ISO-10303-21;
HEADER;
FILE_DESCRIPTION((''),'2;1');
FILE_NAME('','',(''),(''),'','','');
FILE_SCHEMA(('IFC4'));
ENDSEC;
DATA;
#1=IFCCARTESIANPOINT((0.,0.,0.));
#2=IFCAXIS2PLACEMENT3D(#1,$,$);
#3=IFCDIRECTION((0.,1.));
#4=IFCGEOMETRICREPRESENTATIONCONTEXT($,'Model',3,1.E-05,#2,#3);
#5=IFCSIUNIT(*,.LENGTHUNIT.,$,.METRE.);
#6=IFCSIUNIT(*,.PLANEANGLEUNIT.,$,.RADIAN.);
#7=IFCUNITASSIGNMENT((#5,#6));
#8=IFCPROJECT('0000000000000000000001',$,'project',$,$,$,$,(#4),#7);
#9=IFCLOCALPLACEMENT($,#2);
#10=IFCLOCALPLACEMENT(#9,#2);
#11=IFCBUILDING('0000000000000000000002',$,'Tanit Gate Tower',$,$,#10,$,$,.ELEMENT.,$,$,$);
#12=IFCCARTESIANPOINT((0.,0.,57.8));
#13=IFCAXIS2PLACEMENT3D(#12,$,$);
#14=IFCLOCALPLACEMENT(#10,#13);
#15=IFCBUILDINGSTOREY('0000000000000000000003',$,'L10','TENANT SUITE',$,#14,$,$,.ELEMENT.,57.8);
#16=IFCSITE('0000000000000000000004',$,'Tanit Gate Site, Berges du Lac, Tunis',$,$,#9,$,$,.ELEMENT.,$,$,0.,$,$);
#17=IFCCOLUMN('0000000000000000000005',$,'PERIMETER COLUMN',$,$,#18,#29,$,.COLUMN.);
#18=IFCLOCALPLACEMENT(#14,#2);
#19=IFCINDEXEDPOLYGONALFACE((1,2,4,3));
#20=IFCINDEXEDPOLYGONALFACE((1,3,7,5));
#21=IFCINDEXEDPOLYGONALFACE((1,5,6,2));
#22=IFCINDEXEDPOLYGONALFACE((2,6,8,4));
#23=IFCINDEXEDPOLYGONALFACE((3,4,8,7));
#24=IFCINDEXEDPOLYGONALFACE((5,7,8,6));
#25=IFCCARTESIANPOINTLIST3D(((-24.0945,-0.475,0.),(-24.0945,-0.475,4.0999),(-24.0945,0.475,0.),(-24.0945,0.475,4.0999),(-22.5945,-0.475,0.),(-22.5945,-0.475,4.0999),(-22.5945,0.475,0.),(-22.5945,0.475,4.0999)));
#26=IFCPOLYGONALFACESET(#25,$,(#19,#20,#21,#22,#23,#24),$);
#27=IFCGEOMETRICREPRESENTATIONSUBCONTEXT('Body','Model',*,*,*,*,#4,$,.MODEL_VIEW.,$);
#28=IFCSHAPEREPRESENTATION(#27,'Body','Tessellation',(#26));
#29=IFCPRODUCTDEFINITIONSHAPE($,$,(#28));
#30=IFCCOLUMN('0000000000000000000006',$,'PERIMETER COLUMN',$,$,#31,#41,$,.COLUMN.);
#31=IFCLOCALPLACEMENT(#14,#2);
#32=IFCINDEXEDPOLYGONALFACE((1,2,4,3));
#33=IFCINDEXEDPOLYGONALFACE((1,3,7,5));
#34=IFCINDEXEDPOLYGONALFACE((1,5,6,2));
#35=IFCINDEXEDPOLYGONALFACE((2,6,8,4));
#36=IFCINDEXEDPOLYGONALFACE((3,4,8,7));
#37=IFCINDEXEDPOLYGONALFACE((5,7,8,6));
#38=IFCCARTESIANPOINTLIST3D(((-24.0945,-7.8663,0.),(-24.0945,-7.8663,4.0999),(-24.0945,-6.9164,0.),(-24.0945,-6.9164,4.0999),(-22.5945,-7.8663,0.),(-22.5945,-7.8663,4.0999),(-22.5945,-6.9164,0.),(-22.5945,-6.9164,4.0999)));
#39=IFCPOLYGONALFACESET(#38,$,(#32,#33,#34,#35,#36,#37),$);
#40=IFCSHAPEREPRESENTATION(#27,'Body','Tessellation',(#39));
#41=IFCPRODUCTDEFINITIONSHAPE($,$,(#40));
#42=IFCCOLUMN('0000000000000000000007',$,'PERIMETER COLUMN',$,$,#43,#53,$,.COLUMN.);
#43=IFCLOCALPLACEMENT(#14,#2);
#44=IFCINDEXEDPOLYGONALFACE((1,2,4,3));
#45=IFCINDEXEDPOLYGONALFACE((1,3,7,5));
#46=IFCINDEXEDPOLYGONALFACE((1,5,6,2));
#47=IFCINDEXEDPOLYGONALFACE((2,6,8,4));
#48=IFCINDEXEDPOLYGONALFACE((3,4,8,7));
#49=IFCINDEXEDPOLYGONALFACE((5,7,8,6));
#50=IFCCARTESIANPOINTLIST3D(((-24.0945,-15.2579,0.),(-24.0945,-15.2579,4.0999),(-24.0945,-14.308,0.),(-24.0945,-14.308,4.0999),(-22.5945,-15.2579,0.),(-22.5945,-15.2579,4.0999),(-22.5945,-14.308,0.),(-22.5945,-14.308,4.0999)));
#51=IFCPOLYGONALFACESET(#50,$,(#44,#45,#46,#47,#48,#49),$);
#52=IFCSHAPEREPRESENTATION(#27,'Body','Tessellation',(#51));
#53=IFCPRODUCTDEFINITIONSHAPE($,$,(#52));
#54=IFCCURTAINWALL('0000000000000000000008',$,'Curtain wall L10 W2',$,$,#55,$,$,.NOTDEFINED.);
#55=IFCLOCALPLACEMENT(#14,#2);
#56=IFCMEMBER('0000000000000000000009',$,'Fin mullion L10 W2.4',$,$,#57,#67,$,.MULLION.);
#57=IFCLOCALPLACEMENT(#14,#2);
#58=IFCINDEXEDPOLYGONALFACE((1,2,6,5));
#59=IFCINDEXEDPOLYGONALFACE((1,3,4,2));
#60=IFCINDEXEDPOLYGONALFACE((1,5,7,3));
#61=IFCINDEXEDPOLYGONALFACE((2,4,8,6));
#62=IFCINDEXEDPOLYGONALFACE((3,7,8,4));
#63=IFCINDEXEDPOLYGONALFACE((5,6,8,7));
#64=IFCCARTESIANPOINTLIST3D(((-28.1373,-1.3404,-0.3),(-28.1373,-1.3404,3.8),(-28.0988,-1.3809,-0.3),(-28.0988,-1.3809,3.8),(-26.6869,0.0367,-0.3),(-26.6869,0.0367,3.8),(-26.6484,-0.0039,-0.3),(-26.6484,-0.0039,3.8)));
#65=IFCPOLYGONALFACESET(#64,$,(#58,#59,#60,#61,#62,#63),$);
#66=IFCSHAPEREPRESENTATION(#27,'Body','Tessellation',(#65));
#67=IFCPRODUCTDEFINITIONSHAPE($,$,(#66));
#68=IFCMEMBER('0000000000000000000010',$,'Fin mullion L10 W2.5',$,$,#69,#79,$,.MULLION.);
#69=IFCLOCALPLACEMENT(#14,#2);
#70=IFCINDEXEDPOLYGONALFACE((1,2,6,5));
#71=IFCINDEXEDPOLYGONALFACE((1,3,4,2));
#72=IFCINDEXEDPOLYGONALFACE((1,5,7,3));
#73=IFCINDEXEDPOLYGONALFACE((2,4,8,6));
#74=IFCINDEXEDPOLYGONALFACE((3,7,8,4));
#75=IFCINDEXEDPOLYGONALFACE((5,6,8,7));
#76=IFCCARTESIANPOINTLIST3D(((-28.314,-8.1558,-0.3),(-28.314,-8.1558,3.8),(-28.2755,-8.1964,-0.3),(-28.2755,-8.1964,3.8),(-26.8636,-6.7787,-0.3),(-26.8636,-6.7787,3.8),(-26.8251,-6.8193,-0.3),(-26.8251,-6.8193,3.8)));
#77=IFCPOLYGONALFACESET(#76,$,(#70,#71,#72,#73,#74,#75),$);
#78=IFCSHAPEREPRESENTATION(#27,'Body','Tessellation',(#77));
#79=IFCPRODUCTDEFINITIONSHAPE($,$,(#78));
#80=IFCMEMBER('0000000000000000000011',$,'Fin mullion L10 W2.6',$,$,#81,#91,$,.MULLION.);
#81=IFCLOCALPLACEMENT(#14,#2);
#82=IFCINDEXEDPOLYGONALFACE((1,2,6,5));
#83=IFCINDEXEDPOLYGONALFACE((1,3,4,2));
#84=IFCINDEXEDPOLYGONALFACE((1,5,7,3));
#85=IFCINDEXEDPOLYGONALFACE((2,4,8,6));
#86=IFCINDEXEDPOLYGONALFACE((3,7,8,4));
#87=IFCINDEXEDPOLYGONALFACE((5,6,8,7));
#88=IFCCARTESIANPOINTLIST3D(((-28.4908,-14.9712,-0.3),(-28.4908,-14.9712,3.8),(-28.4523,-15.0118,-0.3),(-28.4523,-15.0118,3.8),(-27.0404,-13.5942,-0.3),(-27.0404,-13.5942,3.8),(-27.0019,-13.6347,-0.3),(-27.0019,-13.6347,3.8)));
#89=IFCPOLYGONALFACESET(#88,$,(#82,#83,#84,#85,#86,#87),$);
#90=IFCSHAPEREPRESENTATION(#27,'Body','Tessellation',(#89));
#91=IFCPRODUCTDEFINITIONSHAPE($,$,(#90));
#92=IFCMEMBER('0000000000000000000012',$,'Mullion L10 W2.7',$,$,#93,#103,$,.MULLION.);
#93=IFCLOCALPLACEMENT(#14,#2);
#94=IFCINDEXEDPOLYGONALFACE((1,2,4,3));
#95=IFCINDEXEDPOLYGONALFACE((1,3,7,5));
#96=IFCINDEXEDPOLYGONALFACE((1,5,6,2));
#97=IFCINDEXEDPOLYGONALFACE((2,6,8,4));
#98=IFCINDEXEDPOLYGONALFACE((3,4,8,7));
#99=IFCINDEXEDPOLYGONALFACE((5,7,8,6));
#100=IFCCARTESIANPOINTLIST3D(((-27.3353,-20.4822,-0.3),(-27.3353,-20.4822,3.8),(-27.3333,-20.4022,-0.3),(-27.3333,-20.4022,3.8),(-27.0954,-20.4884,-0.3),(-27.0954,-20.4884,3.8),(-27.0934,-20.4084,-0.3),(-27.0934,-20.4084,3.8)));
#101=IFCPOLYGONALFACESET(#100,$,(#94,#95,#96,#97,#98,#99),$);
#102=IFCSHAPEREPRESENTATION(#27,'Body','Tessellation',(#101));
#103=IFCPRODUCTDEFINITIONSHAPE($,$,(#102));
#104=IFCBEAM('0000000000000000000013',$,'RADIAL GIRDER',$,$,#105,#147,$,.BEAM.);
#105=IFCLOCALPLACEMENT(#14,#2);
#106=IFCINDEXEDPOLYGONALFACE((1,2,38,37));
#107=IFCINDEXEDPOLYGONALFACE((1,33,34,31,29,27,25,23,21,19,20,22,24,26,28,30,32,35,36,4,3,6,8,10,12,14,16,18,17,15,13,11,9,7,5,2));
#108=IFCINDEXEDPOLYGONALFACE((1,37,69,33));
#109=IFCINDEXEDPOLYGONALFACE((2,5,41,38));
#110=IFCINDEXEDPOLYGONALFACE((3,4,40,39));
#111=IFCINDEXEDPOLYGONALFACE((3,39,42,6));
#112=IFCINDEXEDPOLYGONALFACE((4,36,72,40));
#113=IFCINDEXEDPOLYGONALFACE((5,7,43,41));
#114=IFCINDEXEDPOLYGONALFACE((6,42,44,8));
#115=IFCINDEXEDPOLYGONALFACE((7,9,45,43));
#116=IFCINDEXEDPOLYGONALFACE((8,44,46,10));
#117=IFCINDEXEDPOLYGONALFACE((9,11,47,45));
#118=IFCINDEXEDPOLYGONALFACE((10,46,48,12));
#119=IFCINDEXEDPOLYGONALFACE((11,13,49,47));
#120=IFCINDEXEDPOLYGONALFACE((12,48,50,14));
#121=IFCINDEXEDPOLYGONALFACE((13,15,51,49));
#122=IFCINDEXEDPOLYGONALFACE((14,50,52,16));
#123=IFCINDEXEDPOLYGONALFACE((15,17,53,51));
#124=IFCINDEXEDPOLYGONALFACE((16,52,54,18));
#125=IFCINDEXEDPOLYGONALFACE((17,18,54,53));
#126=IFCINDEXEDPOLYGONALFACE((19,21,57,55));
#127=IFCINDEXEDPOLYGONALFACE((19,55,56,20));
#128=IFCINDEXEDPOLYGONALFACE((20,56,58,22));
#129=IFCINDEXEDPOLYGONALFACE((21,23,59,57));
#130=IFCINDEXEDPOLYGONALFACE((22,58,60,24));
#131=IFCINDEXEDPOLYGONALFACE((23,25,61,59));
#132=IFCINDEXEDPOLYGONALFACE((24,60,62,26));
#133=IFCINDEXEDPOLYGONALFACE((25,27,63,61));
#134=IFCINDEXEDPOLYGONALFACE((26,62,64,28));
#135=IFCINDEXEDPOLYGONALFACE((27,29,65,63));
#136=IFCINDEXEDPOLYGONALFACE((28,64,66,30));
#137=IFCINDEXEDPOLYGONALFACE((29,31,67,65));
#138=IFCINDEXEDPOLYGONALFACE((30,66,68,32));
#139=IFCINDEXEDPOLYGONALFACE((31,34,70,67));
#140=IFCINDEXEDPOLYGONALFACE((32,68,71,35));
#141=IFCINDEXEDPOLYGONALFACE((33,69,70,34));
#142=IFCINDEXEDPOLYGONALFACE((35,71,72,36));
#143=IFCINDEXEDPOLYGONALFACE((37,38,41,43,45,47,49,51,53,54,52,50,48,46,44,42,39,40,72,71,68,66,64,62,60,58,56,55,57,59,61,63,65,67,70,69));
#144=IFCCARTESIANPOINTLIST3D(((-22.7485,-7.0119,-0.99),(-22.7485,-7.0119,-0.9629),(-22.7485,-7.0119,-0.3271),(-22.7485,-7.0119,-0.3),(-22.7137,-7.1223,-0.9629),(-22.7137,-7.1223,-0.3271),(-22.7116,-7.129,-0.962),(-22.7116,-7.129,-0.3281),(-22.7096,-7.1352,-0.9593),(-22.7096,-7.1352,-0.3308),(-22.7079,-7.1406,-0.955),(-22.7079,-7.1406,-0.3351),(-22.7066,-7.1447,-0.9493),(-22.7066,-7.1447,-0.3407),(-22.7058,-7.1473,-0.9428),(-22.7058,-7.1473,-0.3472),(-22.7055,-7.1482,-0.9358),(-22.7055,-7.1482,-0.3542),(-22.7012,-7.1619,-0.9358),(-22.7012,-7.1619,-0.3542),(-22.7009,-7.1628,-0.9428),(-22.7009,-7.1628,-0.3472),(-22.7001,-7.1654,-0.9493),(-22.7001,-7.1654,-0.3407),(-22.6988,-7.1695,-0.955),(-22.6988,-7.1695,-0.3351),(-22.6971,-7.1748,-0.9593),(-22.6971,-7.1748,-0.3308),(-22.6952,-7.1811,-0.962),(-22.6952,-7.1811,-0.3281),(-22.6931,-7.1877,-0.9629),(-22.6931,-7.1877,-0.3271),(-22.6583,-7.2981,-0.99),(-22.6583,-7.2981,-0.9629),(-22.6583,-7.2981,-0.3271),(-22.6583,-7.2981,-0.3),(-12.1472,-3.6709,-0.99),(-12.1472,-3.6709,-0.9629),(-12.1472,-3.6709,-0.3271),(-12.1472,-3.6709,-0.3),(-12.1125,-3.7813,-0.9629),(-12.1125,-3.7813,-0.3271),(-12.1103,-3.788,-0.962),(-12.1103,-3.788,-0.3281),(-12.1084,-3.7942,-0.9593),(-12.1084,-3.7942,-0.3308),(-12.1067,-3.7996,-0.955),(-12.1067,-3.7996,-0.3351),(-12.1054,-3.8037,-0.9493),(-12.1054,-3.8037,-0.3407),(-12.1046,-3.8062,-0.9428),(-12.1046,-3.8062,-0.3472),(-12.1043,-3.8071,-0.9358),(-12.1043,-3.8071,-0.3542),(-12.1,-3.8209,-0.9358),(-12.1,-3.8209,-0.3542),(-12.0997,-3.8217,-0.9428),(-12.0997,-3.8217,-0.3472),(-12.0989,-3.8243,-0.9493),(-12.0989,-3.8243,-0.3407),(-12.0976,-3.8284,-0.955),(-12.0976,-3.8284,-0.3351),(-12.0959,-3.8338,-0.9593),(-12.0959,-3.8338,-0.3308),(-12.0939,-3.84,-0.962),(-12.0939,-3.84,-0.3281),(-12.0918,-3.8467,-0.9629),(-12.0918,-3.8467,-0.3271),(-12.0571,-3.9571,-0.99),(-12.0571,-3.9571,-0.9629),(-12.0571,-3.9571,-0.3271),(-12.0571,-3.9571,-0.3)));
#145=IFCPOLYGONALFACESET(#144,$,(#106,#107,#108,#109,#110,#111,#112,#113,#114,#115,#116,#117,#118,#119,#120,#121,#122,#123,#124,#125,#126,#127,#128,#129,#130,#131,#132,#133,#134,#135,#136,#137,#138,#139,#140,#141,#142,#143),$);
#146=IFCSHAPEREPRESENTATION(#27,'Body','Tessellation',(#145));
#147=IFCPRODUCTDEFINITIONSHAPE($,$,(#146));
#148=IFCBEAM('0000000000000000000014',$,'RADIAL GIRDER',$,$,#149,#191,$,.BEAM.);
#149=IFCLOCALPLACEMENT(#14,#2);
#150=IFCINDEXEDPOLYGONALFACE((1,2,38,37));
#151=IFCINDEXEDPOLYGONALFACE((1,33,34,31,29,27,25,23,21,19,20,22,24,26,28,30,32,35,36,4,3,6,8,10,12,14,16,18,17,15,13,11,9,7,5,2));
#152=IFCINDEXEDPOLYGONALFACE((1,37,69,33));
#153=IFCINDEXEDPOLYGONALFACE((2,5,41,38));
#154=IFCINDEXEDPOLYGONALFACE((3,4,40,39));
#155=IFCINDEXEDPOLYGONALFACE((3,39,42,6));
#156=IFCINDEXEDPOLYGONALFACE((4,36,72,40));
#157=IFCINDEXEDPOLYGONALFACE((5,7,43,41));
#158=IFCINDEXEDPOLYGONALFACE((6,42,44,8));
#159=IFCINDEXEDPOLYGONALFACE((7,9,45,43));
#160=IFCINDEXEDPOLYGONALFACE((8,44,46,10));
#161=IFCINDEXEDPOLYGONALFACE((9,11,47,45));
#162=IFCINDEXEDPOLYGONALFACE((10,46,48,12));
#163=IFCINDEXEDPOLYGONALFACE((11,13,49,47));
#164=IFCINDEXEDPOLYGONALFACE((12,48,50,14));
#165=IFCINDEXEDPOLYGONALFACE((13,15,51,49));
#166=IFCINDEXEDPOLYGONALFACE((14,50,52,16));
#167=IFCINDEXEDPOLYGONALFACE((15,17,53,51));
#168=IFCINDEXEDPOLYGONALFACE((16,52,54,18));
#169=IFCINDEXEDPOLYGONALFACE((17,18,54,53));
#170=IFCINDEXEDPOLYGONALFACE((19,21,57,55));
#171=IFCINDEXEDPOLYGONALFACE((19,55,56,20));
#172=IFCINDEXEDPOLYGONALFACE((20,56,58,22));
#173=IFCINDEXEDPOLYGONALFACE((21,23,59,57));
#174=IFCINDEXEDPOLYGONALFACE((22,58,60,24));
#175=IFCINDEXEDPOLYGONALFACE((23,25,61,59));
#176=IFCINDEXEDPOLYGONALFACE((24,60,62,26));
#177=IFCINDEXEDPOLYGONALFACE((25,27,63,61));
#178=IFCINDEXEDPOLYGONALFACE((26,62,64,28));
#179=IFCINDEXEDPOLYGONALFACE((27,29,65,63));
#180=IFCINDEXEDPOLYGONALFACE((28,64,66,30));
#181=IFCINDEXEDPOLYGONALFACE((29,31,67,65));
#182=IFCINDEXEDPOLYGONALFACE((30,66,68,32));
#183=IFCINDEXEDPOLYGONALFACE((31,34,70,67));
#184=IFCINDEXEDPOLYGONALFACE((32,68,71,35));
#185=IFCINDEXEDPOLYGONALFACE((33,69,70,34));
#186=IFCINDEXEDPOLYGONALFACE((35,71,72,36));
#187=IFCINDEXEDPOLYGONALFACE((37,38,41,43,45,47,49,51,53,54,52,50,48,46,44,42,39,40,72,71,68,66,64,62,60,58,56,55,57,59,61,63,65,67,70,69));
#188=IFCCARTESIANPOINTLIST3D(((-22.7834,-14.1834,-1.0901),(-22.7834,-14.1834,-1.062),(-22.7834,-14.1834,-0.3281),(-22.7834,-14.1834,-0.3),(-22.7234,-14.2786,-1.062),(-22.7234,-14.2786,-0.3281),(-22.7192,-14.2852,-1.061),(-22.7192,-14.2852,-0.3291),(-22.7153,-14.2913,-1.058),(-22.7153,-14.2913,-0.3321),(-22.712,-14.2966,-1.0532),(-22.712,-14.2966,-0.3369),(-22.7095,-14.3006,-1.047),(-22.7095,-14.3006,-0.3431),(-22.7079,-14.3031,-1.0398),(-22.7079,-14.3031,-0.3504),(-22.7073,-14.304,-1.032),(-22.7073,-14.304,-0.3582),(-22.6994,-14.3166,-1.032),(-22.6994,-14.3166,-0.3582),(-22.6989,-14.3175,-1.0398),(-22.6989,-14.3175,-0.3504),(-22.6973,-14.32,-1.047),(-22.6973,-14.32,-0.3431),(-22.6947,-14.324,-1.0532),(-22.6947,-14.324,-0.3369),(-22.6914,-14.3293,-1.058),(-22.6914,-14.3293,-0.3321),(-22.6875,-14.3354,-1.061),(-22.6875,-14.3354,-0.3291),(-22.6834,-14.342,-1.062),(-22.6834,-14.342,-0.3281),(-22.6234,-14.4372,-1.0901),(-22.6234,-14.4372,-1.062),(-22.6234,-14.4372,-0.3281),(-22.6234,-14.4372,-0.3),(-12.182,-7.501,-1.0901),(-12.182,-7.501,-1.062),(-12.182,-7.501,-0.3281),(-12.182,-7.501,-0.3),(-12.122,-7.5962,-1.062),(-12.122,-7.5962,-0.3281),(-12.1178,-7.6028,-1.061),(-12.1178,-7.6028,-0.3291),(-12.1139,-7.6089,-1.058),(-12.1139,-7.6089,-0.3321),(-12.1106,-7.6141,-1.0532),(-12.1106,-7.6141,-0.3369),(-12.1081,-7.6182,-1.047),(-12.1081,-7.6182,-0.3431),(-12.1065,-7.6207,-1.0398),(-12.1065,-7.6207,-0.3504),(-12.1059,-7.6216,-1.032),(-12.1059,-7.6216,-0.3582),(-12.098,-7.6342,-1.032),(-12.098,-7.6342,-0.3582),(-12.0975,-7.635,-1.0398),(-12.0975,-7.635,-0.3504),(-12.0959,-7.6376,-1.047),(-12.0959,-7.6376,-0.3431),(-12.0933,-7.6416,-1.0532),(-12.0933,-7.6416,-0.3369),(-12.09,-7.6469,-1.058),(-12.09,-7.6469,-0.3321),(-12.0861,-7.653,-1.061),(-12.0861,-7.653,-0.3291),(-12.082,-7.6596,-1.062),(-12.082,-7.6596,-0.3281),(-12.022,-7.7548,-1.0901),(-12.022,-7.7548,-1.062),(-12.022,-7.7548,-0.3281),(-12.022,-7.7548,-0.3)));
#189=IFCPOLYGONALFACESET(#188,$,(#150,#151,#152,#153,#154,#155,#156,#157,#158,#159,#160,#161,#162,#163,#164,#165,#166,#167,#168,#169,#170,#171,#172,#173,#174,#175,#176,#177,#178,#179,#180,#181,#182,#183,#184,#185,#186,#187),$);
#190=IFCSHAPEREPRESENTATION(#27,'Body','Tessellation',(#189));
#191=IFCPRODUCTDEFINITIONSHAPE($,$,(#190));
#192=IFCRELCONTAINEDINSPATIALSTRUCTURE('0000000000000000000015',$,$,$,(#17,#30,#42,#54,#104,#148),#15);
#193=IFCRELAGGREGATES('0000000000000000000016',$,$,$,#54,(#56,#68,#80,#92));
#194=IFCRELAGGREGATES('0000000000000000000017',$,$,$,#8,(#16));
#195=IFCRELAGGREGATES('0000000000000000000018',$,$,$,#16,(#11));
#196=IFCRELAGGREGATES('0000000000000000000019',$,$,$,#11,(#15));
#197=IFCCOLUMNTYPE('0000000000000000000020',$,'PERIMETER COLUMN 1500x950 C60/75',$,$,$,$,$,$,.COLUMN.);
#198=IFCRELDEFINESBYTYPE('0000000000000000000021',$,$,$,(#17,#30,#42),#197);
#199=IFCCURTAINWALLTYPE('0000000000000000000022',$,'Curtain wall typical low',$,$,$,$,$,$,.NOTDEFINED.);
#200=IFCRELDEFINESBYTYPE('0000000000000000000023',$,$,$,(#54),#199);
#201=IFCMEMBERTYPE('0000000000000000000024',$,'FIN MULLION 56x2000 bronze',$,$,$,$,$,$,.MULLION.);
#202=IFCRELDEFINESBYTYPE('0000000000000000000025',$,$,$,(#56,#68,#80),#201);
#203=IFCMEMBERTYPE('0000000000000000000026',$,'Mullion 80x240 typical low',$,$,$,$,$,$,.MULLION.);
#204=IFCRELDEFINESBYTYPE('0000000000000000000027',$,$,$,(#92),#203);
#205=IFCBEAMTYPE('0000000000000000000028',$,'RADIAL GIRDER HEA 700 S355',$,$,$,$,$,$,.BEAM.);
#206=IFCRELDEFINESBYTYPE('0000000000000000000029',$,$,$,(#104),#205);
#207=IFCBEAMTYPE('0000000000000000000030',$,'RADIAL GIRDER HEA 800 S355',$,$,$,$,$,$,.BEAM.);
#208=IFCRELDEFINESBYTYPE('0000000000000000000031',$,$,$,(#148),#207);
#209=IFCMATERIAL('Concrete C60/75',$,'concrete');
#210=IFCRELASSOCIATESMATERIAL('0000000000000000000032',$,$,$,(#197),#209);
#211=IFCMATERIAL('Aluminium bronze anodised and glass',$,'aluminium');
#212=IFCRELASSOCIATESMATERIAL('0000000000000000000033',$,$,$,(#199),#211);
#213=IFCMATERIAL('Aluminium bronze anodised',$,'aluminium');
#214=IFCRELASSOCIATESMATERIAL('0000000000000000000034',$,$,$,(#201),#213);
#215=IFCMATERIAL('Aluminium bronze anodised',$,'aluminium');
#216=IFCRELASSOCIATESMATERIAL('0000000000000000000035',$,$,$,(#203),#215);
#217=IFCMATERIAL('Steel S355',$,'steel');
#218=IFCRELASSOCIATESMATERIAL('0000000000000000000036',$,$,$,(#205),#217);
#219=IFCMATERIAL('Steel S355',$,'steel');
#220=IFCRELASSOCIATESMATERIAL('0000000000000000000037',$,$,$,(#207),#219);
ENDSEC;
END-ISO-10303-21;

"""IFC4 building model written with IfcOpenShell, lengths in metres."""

from ifc_helpers import new_model, si_unit, direction, frame, origin, origin_2d, place, context, subcontext, project, spatial, rectangle, i_section, extrude, material, material_profile, profile_set, type_object, element, aggregate, save


model = new_model("IFC4")

# Units and contexts
model_context = context("Model", 3, precision=1e-05, world=origin(), true_north=direction((0.0, 1.0)))
body_context = subcontext(model_context, "Body", "Model", "MODEL_VIEW")
ifc_project = project(units=[si_unit("LENGTHUNIT", "METRE"), si_unit("PLANEANGLEUNIT", "RADIAN")], contexts=[model_context])

# Site, building, storey
site_placement = place(None, origin())
site = spatial("IfcSite", under=ifc_project, at=site_placement, Name="Tanit Gate Site, Berges du Lac, Tunis", CompositionType="ELEMENT", RefElevation=0.0)
building_placement = place(site_placement, origin())
building = spatial("IfcBuilding", under=site, at=building_placement, Name="Tanit Gate Tower", CompositionType="ELEMENT")
storey_placement = place(building_placement, frame((0.0, 0.0, 57.8)))
storey = spatial("IfcBuildingStorey", under=building, at=storey_placement, Name="L10", Description="TENANT SUITE", CompositionType="ELEMENT", Elevation=57.8)

# Columns
ifc_material_1 = material(Name="Concrete C60/75", Category="concrete")
ifc_material_profile_1 = material_profile(ifc_material_1, rectangle(XDim=1.5, YDim=0.95, at=origin_2d()), Name="RC 1500x950")
ifc_profile_set_1 = profile_set([ifc_material_profile_1], Name="Concrete C60/75")
column_type = type_object("IfcColumnType", Name="PERIMETER COLUMN 1500x950 C60/75", PredefinedType="COLUMN", material=ifc_profile_set_1)
for number, where, z_axis, x_axis, name in (
    (1, (-23.3445, 0.0, 0.0), (0.0, 0.0, 1.0), (-1.0, 0.0, 0.0), "PERIMETER COLUMN"),
    (2, (-23.3445, -7.3914, 0.0), (0.0, 0.0, 1.0), (-1.0, 0.0, 0.0), "PERIMETER COLUMN"),
    (3, (-23.3445, -14.783, 0.0), (0.0, 0.0, 1.0), (-1.0, 0.0, 0.0), "PERIMETER COLUMN"),
):
    element("IfcColumn", number, at=place(storey_placement, frame(where, z_axis=z_axis, x_axis=x_axis)), inside=storey, type_object=column_type, Name=name, PredefinedType="COLUMN", context=body_context, shape_type="SweptSolid", body=[
        extrude(rectangle(XDim=1.5, YDim=0.95, at=origin_2d()), origin(), (0.0, 0.0, 1.0), 4.0999),
    ])

# Curtain wall, members
ifc_material_2 = material(Name="Aluminium bronze anodised and glass", Category="aluminium")
curtain_wall_type = type_object("IfcCurtainWallType", Name="Curtain wall typical low", PredefinedType="NOTDEFINED", material=ifc_material_2)
curtain_wall_1_placement = place(storey_placement, origin())
curtain_wall_1 = element("IfcCurtainWall", 4, at=curtain_wall_1_placement, inside=storey, type_object=curtain_wall_type, Name="Curtain wall L10 W2", PredefinedType="NOTDEFINED")
ifc_material_3 = material(Name="Aluminium bronze anodised", Category="aluminium")
ifc_material_profile_2 = material_profile(ifc_material_3, rectangle(XDim=2.0, YDim=0.0559, at=origin_2d()), Name="56x2000 bronze fin mullion")
ifc_profile_set_2 = profile_set([ifc_material_profile_2], Name="Aluminium bronze anodised")
member_type_1 = type_object("IfcMemberType", Name="FIN MULLION 56x2000 bronze", PredefinedType="MULLION", material=ifc_profile_set_2)
member_1_placement = place(storey_placement, frame((-27.3928, -0.6721, -0.3), z_axis=(0.0, 0.0, 1.0), x_axis=(0.7252, 0.688538, 0.0)))
member_1 = element("IfcMember", 5, at=member_1_placement, type_object=member_type_1, Name="Fin mullion L10 W2.4", PredefinedType="MULLION", context=body_context, shape_type="SweptSolid", body=[
    extrude(rectangle(XDim=2.0, YDim=0.0559, at=origin_2d()), origin(), (0.0, 0.0, 1.0), 4.1001),
])
member_2_placement = place(storey_placement, frame((-27.5696, -7.4875, -0.3), z_axis=(0.0, 0.0, 1.0), x_axis=(0.7252, 0.688538, 0.0)))
member_2 = element("IfcMember", 6, at=member_2_placement, type_object=member_type_1, Name="Fin mullion L10 W2.5", PredefinedType="MULLION", context=body_context, shape_type="SweptSolid", body=[
    extrude(rectangle(XDim=2.0, YDim=0.0559, at=origin_2d()), origin(), (0.0, 0.0, 1.0), 4.1001),
])
member_3_placement = place(storey_placement, frame((-27.7463, -14.303, -0.3), z_axis=(0.0, 0.0, 1.0), x_axis=(0.7252, 0.688538, 0.0)))
member_3 = element("IfcMember", 7, at=member_3_placement, type_object=member_type_1, Name="Fin mullion L10 W2.6", PredefinedType="MULLION", context=body_context, shape_type="SweptSolid", body=[
    extrude(rectangle(XDim=2.0, YDim=0.0559, at=origin_2d()), origin(), (0.0, 0.0, 1.0), 4.1001),
])
ifc_material_4 = material(Name="Aluminium bronze anodised", Category="aluminium")
ifc_material_profile_3 = material_profile(ifc_material_4, rectangle(XDim=0.24, YDim=0.0801, at=origin_2d()), Name="80x240 bronze mullion")
ifc_profile_set_3 = profile_set([ifc_material_profile_3], Name="Aluminium bronze anodised")
member_type_2 = type_object("IfcMemberType", Name="Mullion 80x240 typical low", PredefinedType="MULLION", material=ifc_profile_set_3)
member_4_placement = place(storey_placement, frame((-27.2144, -20.4453, -0.3), z_axis=(0.0, 0.0, 1.0), x_axis=(0.999664, -0.025924, 0.0)))
member_4 = element("IfcMember", 8, at=member_4_placement, type_object=member_type_2, Name="Mullion L10 W2.7", PredefinedType="MULLION", context=body_context, shape_type="SweptSolid", body=[
    extrude(rectangle(XDim=0.24, YDim=0.0801, at=origin_2d()), origin(), (0.0, 0.0, 1.0), 4.1001),
])

# Beams
ifc_material_5 = material(Name="Steel S355", Category="steel")
ifc_material_profile_4 = material_profile(ifc_material_5, i_section(OverallWidth=0.3, OverallDepth=0.6899, WebThickness=0.0144, FlangeThickness=0.0271, FilletRadius=0.0271, at=origin_2d()), Name="HEA 700")
ifc_profile_set_4 = profile_set([ifc_material_profile_4], Name="Steel S355")
beam_type_1 = type_object("IfcBeamType", Name="RADIAL GIRDER HEA 700 S355", PredefinedType="BEAM", material=ifc_profile_set_4)
beam_1_placement = place(storey_placement, frame((-22.7034, -7.155, -0.645), z_axis=(0.953756, 0.300582, 0.0), x_axis=(-0.300582, 0.953756, 0.0)))
element("IfcBeam", 9, at=beam_1_placement, inside=storey, type_object=beam_type_1, Name="RADIAL GIRDER", PredefinedType="BEAM", context=body_context, shape_type="SweptSolid", body=[
    extrude(i_section(OverallWidth=0.3, OverallDepth=0.6899, WebThickness=0.0144, FlangeThickness=0.0271, FilletRadius=0.0271, at=origin_2d()), origin(), (0.0, 0.0, 1.0), 11.1152),
])
ifc_material_6 = material(Name="Steel S355", Category="steel")
ifc_material_profile_5 = material_profile(ifc_material_6, i_section(OverallWidth=0.3, OverallDepth=0.79, WebThickness=0.0149, FlangeThickness=0.0281, FilletRadius=0.03, at=origin_2d()), Name="HEA 800")
ifc_profile_set_5 = profile_set([ifc_material_profile_5], Name="Steel S355")
beam_type_2 = type_object("IfcBeamType", Name="RADIAL GIRDER HEA 800 S355", PredefinedType="BEAM", material=ifc_profile_set_5)
beam_2_placement = place(storey_placement, frame((-22.7034, -14.3103, -0.6951), z_axis=(0.845964, 0.53324, 0.0), x_axis=(-0.53324, 0.845964, 0.0)))
element("IfcBeam", 10, at=beam_2_placement, inside=storey, type_object=beam_type_2, Name="RADIAL GIRDER", PredefinedType="BEAM", context=body_context, shape_type="SweptSolid", body=[
    extrude(i_section(OverallWidth=0.3, OverallDepth=0.79, WebThickness=0.0149, FlangeThickness=0.0281, FilletRadius=0.03, at=origin_2d()), origin(), (0.0, 0.0, 1.0), 12.5317),
])

aggregate(curtain_wall_1, [member_1, member_2, member_3, member_4])

save(model, "model.ifc")
